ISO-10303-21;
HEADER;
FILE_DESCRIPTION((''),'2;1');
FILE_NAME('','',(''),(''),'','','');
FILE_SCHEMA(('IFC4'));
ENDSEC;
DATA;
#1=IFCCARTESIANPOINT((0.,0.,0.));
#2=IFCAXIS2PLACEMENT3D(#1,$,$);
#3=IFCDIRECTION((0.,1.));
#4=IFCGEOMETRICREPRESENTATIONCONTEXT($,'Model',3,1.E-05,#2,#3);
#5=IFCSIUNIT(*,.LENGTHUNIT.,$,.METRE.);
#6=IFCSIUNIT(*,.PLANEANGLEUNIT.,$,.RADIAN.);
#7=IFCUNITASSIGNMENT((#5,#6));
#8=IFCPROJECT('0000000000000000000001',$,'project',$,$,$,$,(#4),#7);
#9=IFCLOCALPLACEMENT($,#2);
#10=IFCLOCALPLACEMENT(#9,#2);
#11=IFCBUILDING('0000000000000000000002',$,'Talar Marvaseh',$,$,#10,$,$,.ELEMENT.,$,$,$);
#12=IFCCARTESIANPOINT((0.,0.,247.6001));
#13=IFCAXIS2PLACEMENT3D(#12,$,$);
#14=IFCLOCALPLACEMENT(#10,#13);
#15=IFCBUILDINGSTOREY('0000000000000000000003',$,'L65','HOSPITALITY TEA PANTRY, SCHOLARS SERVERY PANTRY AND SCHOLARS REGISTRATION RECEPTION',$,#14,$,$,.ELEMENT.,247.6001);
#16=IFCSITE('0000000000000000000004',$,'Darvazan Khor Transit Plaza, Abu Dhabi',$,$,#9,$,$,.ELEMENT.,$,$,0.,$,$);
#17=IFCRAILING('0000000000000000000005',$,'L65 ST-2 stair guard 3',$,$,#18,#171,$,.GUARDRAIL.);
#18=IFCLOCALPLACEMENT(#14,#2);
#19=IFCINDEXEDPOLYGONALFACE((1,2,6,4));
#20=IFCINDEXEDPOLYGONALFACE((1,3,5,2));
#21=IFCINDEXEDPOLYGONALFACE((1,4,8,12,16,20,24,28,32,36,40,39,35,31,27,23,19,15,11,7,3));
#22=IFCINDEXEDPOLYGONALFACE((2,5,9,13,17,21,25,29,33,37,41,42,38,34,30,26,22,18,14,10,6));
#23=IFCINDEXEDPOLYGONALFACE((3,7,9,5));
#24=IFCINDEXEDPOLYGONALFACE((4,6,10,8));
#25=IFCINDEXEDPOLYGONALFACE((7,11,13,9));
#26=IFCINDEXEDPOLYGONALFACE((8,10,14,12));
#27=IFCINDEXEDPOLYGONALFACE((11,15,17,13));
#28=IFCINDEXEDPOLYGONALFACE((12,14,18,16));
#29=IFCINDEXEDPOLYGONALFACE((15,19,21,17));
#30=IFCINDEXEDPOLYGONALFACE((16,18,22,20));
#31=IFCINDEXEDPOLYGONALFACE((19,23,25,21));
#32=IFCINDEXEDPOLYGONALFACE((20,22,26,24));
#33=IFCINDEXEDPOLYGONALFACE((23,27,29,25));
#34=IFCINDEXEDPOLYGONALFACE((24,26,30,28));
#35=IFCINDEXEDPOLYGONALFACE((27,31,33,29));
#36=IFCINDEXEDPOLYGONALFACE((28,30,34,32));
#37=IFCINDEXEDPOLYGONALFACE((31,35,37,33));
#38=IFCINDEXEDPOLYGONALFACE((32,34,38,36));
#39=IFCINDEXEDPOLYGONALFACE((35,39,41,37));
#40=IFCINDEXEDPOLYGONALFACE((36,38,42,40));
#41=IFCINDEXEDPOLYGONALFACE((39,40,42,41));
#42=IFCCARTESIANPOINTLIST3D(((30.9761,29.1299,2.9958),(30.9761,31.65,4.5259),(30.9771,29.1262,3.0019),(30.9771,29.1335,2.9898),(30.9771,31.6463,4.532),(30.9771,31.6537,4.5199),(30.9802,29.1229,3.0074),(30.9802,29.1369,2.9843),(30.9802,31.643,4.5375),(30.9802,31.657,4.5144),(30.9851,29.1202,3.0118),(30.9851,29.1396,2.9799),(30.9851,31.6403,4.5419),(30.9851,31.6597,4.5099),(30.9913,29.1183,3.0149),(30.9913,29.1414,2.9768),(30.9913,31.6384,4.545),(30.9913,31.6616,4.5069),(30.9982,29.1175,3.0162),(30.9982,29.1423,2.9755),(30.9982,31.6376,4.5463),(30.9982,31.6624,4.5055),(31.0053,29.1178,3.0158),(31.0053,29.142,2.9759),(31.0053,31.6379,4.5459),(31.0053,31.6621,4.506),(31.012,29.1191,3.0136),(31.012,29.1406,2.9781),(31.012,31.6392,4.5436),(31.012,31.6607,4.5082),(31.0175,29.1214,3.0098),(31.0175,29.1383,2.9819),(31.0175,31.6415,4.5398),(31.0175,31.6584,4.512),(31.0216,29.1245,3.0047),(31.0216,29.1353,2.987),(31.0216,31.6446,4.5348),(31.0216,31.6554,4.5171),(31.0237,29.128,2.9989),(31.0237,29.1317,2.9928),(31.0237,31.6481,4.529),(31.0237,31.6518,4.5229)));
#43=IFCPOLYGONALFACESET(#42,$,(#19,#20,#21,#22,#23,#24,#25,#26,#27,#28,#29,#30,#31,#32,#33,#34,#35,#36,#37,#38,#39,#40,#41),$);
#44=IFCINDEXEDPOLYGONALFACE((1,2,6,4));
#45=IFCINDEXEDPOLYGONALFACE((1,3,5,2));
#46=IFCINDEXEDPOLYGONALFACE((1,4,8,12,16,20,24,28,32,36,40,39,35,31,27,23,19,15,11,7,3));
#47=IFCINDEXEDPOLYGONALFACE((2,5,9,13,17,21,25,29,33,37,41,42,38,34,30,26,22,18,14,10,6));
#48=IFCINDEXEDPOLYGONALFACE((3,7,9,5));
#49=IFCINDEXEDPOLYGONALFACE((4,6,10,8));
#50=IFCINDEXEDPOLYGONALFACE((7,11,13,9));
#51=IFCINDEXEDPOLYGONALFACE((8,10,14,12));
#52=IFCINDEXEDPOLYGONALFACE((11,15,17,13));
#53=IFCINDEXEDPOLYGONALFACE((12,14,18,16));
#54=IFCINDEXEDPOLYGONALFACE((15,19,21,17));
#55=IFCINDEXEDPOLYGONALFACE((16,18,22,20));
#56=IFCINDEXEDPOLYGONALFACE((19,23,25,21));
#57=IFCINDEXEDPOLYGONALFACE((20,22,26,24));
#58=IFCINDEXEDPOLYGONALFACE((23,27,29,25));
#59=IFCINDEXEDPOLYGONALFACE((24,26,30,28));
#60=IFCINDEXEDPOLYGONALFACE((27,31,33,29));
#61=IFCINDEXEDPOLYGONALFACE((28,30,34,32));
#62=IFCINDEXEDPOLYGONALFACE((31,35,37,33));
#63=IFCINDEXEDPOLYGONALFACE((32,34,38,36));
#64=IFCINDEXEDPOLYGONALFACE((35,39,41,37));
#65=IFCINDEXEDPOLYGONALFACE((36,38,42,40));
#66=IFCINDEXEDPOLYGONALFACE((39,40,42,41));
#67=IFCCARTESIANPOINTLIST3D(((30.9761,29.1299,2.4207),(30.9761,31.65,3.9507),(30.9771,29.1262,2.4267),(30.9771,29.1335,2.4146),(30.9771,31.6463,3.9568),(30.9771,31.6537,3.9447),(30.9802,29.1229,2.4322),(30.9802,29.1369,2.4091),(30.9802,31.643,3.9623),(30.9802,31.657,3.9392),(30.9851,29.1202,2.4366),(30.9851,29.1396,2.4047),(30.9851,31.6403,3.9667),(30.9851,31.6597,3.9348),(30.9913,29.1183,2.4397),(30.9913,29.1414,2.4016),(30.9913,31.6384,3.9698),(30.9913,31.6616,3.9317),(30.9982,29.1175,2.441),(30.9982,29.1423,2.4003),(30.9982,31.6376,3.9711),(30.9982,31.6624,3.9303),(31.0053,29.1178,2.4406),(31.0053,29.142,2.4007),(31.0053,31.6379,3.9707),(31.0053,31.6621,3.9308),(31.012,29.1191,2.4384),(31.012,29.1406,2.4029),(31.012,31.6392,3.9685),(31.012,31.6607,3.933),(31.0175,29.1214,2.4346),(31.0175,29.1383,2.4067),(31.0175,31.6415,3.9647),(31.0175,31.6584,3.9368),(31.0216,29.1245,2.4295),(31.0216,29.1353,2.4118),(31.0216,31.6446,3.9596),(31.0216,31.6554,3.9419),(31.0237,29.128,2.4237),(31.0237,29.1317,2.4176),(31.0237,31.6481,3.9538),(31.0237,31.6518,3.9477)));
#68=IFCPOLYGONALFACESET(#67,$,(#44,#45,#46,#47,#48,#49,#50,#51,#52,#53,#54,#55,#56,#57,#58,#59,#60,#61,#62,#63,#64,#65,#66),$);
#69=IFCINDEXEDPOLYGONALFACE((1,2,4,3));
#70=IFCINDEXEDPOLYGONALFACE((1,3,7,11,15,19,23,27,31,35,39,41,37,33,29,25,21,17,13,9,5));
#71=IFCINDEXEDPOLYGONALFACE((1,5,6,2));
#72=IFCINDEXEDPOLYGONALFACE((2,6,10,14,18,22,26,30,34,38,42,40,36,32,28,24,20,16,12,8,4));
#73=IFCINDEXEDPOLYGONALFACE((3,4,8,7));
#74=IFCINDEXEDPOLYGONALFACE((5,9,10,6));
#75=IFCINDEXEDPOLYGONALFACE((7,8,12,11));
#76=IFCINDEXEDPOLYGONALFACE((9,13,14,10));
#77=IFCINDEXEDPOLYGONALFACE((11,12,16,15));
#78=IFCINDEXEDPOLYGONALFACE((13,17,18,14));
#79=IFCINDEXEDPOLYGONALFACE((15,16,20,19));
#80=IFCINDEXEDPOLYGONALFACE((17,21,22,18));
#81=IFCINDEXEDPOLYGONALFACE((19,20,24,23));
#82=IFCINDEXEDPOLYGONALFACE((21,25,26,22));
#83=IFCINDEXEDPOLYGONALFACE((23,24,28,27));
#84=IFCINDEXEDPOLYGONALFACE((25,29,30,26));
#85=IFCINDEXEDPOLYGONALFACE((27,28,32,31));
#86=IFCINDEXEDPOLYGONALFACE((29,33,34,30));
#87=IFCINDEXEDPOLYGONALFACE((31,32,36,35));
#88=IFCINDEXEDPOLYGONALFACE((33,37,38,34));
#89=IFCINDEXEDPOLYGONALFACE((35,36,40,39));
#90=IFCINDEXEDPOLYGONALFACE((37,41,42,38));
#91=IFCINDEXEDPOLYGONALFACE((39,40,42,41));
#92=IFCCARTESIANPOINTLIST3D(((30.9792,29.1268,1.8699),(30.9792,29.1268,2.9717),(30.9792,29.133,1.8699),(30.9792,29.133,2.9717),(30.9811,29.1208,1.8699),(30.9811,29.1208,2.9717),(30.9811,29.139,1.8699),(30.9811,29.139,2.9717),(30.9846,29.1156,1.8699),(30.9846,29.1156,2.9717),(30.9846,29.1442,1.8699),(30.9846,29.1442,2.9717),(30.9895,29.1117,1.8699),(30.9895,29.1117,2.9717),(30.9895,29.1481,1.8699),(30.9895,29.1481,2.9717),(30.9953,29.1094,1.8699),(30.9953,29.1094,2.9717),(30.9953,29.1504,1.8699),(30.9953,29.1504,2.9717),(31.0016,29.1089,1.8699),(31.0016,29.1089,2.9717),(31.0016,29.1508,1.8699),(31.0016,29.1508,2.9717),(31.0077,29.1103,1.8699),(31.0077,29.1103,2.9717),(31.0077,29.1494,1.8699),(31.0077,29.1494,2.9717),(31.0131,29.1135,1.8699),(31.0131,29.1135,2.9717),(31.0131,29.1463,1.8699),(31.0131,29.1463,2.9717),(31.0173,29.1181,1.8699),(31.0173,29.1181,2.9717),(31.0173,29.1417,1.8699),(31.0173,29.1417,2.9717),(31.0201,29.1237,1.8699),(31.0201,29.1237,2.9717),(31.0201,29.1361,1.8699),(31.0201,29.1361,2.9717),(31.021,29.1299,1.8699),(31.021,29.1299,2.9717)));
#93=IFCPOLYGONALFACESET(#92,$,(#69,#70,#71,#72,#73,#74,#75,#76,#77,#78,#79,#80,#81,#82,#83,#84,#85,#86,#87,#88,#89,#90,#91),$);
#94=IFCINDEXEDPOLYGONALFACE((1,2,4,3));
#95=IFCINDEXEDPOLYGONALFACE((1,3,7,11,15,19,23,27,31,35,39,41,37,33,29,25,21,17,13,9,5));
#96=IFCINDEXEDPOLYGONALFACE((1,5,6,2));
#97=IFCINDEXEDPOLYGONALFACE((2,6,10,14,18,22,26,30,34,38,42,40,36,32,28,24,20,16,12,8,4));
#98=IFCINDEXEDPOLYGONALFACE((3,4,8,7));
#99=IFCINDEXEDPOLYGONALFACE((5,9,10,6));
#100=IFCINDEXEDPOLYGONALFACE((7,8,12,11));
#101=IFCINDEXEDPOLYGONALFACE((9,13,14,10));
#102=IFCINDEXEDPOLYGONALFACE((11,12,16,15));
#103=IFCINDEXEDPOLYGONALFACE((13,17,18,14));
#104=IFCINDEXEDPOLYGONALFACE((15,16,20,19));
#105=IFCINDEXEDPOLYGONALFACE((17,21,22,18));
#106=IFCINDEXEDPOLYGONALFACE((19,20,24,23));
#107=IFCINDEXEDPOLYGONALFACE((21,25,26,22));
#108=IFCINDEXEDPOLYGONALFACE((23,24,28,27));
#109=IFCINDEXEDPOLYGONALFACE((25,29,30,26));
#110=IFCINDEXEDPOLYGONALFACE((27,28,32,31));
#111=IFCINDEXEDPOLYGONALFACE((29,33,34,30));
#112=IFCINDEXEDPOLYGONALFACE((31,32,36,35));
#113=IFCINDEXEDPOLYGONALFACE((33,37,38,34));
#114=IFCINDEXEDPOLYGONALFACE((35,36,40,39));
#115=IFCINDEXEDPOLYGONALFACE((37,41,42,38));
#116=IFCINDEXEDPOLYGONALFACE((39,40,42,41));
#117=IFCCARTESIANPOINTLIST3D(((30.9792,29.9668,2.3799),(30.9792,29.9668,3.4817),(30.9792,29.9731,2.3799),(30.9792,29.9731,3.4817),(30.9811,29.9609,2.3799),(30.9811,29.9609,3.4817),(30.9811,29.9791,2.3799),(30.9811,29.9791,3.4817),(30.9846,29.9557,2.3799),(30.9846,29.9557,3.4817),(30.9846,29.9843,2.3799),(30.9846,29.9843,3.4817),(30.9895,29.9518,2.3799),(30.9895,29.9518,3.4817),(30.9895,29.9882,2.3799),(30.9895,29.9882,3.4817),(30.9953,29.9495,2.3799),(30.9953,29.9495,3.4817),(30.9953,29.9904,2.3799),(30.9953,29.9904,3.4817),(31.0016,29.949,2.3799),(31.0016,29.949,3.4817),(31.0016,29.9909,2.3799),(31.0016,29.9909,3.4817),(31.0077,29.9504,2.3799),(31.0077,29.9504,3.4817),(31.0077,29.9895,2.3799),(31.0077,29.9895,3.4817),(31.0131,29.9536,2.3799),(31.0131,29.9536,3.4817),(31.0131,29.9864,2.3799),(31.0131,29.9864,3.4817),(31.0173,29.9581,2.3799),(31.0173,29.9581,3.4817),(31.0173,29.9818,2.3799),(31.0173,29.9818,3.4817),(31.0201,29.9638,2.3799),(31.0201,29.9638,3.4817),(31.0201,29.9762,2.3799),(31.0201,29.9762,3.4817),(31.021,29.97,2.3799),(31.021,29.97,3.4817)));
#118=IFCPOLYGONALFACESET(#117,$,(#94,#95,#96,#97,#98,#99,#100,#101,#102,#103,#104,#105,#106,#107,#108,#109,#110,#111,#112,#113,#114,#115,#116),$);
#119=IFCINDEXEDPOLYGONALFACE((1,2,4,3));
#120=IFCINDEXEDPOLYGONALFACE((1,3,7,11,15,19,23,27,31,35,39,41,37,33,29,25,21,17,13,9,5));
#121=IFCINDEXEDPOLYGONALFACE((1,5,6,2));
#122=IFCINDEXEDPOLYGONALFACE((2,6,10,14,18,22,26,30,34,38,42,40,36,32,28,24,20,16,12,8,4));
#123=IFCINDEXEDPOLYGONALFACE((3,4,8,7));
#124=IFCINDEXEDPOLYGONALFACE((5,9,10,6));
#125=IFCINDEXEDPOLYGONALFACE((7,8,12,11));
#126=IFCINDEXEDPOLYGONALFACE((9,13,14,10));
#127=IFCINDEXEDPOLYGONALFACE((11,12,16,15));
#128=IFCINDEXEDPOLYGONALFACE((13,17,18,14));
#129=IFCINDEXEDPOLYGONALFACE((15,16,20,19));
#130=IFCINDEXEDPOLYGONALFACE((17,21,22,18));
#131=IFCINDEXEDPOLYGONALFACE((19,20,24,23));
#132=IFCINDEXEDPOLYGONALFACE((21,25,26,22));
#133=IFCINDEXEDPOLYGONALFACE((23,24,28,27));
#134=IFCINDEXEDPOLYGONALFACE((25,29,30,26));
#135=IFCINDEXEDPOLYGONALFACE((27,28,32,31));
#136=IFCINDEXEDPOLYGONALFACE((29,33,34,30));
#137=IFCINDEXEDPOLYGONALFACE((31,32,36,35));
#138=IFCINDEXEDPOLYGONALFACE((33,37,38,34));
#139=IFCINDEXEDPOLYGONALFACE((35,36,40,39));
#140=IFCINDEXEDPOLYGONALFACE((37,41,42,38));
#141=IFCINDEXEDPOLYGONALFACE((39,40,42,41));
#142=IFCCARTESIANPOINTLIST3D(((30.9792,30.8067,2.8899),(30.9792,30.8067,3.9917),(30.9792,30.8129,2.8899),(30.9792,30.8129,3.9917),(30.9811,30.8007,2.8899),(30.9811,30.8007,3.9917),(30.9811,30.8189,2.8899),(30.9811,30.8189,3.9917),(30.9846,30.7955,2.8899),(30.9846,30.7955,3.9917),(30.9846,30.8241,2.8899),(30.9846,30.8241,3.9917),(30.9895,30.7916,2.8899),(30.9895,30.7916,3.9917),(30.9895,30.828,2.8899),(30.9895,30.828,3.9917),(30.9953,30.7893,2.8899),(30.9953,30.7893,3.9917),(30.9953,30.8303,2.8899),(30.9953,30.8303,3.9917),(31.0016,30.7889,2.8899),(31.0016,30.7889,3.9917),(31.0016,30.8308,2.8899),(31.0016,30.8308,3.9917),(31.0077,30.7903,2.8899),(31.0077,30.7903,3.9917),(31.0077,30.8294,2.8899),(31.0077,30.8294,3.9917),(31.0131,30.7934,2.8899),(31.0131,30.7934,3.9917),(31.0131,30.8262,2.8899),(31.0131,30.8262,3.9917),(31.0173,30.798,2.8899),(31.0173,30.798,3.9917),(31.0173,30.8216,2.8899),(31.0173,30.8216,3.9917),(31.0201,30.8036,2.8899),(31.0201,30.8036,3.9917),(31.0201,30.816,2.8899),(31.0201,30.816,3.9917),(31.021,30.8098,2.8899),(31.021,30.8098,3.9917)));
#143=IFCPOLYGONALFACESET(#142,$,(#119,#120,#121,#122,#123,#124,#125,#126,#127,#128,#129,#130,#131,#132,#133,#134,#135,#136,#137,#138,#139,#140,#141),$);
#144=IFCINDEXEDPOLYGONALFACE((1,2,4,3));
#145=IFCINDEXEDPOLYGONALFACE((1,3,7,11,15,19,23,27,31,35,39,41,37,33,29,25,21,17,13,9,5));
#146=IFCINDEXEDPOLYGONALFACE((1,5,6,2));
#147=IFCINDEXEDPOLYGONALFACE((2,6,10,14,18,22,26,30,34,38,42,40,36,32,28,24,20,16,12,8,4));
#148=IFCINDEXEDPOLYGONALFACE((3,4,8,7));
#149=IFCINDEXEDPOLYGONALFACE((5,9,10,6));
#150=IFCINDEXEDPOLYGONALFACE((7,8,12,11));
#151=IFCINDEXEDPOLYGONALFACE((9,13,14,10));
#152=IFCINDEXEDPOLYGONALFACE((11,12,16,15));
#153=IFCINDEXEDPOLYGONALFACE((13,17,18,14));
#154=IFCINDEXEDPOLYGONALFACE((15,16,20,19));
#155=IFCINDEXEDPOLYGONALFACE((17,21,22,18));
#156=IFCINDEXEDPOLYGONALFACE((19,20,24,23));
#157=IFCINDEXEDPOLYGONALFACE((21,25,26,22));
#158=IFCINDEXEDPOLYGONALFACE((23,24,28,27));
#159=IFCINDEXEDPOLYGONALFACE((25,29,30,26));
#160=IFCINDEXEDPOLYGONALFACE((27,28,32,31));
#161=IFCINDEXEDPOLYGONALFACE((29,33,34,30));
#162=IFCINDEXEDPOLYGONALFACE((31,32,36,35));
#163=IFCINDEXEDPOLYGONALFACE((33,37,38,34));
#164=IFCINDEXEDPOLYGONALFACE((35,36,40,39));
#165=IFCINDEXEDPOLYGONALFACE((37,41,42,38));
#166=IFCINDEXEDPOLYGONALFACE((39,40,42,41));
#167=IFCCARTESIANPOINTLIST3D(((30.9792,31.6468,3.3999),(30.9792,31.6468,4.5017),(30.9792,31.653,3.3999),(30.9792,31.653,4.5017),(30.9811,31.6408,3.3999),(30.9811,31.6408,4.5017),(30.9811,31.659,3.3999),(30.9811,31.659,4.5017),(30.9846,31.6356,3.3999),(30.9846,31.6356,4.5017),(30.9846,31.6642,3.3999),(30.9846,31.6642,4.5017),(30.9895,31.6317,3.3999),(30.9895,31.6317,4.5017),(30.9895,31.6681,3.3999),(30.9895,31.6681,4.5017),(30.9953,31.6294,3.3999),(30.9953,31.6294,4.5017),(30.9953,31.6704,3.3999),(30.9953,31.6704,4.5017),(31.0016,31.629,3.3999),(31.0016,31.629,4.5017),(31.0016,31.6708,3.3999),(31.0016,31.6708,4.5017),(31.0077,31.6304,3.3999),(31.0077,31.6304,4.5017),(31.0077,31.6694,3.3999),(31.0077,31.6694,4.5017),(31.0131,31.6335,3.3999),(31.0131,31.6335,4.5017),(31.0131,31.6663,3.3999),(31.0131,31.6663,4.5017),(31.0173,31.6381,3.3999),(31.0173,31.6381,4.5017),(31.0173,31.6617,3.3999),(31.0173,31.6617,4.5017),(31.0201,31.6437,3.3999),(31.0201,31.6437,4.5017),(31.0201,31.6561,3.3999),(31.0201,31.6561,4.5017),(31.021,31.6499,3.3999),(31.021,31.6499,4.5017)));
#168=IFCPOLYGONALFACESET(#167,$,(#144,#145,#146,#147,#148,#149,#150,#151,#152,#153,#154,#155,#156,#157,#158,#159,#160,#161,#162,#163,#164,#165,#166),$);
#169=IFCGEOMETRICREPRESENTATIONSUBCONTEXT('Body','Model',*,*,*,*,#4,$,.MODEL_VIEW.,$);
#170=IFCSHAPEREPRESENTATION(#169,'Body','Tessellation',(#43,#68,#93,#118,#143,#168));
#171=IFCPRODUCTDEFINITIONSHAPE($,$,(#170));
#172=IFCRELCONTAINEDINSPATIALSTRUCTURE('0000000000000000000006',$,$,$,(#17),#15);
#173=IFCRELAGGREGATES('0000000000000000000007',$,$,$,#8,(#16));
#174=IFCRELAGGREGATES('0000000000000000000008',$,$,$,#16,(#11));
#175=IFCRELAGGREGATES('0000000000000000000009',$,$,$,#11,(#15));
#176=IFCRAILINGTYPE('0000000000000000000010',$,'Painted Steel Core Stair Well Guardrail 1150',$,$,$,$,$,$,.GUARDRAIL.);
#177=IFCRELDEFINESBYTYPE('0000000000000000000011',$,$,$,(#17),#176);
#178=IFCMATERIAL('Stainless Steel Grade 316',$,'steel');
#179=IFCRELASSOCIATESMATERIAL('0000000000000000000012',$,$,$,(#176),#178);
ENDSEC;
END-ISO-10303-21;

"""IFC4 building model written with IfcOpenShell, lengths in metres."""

from ifc_helpers import new_model, si_unit, direction, frame, origin, origin_2d, place, context, subcontext, project, spatial, circle, extrude, material, type_object, element, save


model = new_model("IFC4")

# Units and contexts
model_context = context("Model", 3, precision=1e-05, world=origin(), true_north=direction((0.0, 1.0)))
body_context = subcontext(model_context, "Body", "Model", "MODEL_VIEW")
ifc_project = project(units=[si_unit("LENGTHUNIT", "METRE"), si_unit("PLANEANGLEUNIT", "RADIAN")], contexts=[model_context])

# Site, building, storey
site_placement = place(None, origin())
site = spatial("IfcSite", under=ifc_project, at=site_placement, Name="Darvazan Khor Transit Plaza, Abu Dhabi", CompositionType="ELEMENT", RefElevation=0.0)
building_placement = place(site_placement, origin())
building = spatial("IfcBuilding", under=site, at=building_placement, Name="Talar Marvaseh", CompositionType="ELEMENT")
storey_placement = place(building_placement, frame((0.0, 0.0, 247.6001)))
storey = spatial("IfcBuildingStorey", under=building, at=storey_placement, Name="L65", Description="HOSPITALITY TEA PANTRY, SCHOLARS SERVERY PANTRY AND SCHOLARS REGISTRATION RECEPTION", CompositionType="ELEMENT", Elevation=247.6001)

# Shared definitions
ifc_material_1 = material(Name="Stainless Steel Grade 316", Category="steel")

# Railing
railing_type_1 = type_object("IfcRailingType", Name="Painted Steel Core Stair Well Guardrail 1150", PredefinedType="GUARDRAIL", material=ifc_material_1)
railing_1_placement = place(storey_placement, frame((31.0, 29.1299, 1.8699)))
element("IfcRailing", 1, at=railing_1_placement, inside=storey, type_object=railing_type_1, Name="L65 ST-2 stair guard 3", PredefinedType="GUARDRAIL", context=body_context, shape_type="SweptSolid", body=[
    extrude(circle(Radius=0.0239, at=origin_2d()), frame((0.0, 0.0, 1.126), z_axis=(0.0, 0.854785, 0.518982), x_axis=(-1.0, 0.0, 0.0)), (0.0, 0.0, 1.0), 2.9482),
    extrude(circle(Radius=0.0239, at=origin_2d()), frame((0.0, 0.0, 0.5508), z_axis=(0.0, 0.854785, 0.518982), x_axis=(-1.0, 0.0, 0.0)), (0.0, 0.0, 1.0), 2.9482),
    extrude(circle(Radius=0.021, at=origin_2d()), origin(), (0.0, 0.0, 1.0), 1.1018),
    extrude(circle(Radius=0.021, at=origin_2d()), frame((0.0, 0.8401, 0.51)), (0.0, 0.0, 1.0), 1.1018),
    extrude(circle(Radius=0.021, at=origin_2d()), frame((0.0, 1.6799, 1.02)), (0.0, 0.0, 1.0), 1.1018),
    extrude(circle(Radius=0.021, at=origin_2d()), frame((0.0, 2.52, 1.53)), (0.0, 0.0, 1.0), 1.1018),
])

save(model, "model.ifc")
